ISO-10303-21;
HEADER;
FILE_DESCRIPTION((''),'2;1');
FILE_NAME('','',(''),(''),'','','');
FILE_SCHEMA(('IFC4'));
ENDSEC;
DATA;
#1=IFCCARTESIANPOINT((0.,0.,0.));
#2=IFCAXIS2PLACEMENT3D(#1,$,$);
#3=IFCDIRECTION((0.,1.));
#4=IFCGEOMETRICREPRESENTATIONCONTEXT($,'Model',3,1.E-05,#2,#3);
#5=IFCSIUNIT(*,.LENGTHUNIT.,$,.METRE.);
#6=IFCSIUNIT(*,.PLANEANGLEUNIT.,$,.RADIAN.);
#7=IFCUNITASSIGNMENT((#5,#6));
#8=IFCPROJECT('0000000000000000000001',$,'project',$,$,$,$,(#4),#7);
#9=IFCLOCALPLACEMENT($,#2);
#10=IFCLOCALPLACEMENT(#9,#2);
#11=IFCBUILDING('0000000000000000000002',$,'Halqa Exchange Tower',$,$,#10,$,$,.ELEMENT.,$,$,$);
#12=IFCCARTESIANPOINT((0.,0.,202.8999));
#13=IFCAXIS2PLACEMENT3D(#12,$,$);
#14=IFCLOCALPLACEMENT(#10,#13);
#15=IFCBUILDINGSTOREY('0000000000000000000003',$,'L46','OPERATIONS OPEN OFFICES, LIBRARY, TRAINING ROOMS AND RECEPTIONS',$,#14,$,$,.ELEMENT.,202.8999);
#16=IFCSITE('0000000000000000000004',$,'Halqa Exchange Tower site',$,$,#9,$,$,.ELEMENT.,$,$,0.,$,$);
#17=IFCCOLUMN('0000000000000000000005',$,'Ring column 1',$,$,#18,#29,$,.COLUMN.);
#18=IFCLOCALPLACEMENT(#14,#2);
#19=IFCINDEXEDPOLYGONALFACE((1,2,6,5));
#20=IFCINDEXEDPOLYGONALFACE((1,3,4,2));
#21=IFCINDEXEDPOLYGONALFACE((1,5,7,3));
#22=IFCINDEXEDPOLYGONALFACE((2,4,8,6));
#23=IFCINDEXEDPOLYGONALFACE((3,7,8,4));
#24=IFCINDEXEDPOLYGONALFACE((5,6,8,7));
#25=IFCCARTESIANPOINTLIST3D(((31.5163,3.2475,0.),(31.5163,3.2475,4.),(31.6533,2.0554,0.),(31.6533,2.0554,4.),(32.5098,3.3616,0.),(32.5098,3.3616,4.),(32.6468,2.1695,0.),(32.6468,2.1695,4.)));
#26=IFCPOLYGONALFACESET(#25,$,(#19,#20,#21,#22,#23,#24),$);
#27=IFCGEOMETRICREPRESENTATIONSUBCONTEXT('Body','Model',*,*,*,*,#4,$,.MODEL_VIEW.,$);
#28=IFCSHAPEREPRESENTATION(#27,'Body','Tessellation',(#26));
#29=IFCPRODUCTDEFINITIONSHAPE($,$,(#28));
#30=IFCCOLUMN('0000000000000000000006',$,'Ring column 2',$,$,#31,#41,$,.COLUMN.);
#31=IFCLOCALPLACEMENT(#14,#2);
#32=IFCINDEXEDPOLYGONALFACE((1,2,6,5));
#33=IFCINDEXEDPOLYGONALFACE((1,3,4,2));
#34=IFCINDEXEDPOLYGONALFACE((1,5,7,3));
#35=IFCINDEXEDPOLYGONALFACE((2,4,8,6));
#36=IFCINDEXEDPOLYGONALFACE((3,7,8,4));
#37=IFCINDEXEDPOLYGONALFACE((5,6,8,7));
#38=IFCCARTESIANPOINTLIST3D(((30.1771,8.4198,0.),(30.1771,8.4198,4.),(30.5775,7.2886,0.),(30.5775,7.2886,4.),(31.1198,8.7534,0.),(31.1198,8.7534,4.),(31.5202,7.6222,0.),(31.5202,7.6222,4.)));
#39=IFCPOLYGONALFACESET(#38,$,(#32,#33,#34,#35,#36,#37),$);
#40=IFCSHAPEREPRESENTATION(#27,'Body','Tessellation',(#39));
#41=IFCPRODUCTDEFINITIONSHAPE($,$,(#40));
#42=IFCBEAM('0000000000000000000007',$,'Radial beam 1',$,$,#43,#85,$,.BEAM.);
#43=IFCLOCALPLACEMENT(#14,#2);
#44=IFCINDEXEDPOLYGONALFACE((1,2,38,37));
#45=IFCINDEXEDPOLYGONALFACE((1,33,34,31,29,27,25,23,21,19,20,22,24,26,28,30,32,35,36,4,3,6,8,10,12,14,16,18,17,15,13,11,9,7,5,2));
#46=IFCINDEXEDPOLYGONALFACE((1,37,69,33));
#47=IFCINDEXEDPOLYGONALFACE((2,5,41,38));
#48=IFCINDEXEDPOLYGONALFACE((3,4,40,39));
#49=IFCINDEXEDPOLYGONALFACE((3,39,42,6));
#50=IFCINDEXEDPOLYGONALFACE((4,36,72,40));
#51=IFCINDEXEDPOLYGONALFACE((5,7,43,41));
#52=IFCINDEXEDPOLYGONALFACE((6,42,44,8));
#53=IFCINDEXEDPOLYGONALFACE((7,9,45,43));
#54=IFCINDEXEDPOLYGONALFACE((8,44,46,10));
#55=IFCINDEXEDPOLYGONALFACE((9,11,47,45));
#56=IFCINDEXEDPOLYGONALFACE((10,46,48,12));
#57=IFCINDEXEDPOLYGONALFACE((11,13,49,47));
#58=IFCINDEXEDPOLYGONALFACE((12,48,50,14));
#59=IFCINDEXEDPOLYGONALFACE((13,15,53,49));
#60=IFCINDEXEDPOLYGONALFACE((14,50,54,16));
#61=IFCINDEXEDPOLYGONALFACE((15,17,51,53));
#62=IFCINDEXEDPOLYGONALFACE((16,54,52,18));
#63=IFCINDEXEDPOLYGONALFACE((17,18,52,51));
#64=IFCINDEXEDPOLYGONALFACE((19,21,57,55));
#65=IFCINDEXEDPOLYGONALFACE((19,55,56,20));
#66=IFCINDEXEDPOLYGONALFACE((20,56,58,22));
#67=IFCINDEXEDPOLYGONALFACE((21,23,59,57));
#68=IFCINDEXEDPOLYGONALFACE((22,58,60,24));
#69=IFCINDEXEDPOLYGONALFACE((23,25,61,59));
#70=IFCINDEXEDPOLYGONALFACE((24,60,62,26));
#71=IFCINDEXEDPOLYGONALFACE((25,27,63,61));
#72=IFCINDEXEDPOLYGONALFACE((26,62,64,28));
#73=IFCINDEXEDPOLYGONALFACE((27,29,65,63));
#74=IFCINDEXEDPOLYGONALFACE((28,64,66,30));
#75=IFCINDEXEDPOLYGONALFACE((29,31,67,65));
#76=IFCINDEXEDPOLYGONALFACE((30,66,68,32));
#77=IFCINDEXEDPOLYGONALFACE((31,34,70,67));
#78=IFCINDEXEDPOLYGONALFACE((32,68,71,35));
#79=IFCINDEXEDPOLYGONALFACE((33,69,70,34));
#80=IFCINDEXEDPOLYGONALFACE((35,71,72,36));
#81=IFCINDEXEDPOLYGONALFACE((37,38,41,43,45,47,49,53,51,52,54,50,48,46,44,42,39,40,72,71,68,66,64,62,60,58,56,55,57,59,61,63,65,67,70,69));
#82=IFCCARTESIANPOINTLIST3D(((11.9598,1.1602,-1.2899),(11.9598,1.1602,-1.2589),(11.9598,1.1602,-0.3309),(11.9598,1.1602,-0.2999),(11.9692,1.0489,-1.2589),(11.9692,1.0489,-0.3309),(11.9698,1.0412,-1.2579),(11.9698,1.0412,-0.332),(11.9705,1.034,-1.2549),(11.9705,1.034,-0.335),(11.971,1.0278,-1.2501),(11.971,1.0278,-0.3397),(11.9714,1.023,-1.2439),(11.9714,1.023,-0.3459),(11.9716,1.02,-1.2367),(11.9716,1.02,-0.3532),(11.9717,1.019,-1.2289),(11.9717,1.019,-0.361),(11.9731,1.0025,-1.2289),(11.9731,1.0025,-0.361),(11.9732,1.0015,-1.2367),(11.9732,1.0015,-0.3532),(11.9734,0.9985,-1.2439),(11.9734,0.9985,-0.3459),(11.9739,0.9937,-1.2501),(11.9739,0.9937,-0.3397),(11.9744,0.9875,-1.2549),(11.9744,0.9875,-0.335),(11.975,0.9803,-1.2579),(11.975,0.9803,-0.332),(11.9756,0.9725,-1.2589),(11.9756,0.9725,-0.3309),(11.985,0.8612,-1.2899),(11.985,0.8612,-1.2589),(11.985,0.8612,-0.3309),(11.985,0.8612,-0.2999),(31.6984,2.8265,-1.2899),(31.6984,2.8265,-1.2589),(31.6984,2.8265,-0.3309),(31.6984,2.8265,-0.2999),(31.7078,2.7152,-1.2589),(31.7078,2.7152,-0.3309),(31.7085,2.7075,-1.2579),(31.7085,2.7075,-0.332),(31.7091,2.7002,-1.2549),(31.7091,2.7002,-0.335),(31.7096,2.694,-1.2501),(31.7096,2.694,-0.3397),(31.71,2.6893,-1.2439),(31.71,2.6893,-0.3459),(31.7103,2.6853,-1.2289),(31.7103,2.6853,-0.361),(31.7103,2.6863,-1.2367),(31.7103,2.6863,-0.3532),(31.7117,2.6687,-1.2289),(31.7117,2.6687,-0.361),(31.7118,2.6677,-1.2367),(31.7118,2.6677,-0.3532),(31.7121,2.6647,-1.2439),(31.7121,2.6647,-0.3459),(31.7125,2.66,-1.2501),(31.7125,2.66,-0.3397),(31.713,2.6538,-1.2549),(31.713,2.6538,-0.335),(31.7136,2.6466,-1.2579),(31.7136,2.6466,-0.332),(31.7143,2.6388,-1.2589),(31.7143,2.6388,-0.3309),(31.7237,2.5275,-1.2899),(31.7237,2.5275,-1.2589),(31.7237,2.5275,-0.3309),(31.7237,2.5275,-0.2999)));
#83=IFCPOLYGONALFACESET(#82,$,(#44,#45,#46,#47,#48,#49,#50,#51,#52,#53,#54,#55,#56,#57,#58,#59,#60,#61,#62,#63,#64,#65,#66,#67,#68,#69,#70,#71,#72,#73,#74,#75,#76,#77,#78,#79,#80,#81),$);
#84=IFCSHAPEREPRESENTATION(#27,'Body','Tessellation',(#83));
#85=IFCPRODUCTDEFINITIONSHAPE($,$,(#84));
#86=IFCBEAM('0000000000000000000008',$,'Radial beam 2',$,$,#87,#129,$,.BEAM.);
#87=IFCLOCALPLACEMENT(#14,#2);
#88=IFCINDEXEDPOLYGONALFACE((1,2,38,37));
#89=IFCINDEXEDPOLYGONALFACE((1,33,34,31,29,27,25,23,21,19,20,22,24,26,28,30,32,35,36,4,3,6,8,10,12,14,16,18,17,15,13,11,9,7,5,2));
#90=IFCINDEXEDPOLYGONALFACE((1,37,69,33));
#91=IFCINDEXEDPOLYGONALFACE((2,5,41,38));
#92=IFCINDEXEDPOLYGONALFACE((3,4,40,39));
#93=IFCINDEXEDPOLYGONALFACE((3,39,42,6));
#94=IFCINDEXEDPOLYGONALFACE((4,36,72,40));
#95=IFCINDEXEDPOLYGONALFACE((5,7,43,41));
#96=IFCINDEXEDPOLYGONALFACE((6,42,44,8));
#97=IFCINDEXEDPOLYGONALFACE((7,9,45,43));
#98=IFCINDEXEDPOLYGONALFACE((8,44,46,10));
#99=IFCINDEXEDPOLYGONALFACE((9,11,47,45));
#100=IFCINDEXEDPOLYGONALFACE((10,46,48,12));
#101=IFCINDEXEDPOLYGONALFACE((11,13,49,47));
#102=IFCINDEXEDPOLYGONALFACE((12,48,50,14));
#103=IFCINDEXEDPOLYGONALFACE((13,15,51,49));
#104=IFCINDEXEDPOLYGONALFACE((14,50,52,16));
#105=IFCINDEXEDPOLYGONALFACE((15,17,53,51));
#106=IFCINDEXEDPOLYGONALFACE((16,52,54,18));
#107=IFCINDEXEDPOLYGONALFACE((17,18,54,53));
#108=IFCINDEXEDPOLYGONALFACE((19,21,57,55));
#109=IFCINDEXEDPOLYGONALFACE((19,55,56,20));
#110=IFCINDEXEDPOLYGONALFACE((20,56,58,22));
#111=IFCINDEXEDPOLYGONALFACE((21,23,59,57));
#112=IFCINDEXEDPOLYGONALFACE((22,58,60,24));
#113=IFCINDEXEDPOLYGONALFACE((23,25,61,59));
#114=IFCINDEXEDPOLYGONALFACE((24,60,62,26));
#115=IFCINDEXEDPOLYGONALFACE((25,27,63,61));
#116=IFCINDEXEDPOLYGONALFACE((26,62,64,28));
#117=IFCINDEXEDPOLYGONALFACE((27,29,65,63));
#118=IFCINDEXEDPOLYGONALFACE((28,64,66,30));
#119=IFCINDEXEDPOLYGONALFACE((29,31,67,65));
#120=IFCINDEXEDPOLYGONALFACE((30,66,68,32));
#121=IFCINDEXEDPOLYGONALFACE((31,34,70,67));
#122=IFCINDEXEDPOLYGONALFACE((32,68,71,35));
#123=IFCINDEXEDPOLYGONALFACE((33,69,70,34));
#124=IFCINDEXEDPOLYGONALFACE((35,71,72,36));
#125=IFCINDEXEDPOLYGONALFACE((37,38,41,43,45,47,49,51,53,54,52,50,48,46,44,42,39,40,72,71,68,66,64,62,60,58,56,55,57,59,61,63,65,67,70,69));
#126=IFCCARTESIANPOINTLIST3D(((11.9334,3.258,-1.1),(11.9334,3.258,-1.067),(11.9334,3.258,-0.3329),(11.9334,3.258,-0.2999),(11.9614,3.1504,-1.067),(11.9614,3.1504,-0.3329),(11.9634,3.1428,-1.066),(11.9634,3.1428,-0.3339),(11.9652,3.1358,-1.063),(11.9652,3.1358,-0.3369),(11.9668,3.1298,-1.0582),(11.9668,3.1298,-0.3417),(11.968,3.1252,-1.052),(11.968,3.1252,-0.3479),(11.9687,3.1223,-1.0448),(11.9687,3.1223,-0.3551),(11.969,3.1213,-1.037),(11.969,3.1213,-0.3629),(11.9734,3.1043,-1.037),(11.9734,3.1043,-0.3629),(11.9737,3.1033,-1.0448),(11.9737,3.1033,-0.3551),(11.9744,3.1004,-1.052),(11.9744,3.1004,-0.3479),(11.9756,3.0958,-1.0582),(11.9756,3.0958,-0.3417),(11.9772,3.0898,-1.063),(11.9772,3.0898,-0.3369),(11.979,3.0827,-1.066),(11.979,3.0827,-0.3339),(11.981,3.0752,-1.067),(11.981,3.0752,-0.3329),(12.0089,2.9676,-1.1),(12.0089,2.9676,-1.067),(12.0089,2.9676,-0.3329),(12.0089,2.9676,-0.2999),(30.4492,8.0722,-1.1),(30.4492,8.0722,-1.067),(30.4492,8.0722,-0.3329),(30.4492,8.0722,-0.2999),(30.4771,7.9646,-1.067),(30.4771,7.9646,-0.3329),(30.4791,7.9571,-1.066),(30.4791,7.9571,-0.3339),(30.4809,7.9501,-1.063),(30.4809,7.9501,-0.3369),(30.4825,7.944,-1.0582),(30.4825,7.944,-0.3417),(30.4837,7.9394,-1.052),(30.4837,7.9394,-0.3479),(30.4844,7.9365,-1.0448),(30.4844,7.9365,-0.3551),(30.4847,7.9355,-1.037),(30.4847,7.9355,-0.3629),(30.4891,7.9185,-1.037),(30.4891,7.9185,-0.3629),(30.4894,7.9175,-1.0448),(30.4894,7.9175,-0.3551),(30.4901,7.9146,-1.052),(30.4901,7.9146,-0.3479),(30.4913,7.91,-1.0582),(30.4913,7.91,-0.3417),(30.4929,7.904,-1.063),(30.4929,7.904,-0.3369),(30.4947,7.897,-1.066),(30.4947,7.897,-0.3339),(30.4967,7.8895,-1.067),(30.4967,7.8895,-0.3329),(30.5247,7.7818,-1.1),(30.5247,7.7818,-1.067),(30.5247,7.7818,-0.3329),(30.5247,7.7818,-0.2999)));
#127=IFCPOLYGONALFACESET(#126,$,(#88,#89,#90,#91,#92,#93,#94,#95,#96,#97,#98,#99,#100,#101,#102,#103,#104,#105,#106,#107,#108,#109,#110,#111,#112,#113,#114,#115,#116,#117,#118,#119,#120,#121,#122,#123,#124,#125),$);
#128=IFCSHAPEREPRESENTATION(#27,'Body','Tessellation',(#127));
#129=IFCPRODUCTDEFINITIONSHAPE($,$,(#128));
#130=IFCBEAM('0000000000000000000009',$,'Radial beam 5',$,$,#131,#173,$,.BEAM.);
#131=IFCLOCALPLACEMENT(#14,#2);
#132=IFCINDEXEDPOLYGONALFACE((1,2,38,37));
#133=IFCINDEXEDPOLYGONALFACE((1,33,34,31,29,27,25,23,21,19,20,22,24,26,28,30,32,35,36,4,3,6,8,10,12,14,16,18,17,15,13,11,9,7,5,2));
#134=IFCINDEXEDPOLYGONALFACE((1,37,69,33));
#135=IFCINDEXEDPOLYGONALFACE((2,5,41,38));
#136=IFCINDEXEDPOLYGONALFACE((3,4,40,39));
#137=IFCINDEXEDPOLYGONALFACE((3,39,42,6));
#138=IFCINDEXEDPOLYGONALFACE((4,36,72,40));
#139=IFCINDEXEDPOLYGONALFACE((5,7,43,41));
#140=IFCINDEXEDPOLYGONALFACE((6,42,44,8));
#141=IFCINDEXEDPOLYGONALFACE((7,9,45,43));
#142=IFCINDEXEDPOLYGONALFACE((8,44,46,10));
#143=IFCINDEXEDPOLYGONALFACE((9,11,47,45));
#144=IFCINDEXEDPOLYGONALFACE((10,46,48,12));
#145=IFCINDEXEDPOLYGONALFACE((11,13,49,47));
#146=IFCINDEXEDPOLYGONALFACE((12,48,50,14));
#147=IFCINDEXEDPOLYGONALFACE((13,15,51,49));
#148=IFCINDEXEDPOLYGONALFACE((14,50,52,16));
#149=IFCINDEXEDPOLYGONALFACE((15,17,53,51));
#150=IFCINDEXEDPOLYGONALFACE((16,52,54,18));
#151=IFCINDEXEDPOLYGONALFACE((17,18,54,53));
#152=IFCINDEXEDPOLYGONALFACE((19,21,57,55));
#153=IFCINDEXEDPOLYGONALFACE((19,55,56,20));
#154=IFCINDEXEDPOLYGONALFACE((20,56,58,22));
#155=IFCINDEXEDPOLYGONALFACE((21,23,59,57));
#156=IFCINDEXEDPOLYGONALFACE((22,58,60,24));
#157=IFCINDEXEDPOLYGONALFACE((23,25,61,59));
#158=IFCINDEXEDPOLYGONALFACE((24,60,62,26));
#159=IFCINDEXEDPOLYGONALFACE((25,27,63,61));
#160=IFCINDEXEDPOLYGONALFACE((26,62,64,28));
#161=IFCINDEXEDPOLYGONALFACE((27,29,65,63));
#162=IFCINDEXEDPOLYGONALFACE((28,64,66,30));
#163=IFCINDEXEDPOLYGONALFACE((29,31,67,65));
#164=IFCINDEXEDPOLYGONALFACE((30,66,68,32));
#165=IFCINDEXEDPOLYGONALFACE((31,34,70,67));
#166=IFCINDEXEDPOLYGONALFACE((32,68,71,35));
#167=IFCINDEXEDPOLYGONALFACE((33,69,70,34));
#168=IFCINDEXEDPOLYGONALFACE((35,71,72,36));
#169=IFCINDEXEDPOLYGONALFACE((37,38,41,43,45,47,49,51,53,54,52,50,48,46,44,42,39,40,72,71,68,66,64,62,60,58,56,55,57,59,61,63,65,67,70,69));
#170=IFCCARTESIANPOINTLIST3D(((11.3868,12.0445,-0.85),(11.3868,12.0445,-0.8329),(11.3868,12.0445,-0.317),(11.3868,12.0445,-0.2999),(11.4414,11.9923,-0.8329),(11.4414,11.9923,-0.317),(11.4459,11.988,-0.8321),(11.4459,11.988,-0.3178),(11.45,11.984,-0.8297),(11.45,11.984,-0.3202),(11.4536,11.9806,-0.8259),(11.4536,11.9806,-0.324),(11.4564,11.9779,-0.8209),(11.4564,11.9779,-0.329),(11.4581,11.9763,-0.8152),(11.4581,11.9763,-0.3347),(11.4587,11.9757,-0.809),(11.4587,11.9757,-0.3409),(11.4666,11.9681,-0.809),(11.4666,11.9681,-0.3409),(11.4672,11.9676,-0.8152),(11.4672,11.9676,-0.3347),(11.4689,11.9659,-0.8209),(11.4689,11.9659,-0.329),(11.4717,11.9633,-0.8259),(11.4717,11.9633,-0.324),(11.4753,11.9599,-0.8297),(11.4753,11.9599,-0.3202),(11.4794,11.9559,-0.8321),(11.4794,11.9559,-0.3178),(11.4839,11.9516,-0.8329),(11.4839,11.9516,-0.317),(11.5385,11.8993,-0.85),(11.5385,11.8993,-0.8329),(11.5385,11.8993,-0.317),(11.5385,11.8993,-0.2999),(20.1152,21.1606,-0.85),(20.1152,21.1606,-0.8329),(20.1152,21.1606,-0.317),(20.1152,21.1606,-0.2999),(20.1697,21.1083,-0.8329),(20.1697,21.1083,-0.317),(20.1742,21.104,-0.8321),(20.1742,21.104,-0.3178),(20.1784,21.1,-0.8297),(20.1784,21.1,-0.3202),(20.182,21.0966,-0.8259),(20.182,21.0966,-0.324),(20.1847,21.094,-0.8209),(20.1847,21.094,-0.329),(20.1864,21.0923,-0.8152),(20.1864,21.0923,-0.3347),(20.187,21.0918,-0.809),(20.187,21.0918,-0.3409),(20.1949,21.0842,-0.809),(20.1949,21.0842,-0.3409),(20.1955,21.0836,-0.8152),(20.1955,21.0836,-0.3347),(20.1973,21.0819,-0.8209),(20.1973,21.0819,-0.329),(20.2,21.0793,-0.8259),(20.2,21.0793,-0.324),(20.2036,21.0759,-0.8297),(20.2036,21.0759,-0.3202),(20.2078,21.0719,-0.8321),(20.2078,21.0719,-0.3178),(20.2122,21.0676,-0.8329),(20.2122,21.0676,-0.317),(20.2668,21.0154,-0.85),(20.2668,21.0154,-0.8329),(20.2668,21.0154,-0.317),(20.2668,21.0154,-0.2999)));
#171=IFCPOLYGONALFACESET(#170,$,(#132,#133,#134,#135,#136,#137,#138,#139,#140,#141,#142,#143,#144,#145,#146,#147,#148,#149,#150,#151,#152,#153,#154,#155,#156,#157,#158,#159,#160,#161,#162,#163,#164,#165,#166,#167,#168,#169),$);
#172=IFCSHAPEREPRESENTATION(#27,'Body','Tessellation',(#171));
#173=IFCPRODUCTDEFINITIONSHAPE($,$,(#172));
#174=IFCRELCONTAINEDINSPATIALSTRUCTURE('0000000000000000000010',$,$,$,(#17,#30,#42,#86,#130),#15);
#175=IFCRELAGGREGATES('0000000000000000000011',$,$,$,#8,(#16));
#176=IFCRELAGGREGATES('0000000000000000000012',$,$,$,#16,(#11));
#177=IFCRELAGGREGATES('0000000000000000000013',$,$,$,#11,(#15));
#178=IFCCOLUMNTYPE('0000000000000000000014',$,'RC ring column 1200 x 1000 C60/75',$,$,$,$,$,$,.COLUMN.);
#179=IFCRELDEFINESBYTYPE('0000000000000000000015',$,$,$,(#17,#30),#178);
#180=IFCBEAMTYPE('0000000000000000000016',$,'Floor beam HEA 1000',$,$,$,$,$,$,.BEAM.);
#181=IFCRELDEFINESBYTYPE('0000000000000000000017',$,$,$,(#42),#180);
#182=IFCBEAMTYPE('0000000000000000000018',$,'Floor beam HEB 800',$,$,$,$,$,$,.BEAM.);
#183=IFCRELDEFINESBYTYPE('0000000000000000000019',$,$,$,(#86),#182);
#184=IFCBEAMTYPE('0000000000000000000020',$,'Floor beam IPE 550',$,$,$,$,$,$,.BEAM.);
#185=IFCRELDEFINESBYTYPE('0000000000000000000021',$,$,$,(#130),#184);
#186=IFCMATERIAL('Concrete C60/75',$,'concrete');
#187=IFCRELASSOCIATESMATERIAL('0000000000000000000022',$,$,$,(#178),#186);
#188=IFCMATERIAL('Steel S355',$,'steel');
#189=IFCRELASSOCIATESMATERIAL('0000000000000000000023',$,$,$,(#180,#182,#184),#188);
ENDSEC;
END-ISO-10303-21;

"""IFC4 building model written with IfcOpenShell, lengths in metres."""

from ifc_helpers import new_model, si_unit, direction, frame, origin, origin_2d, place, context, subcontext, project, spatial, rectangle, i_section, extrude, material, material_profile, profile_set, type_object, element, save


model = new_model("IFC4")

# Units and contexts
model_context = context("Model", 3, precision=1e-05, world=origin(), true_north=direction((0.0, 1.0)))
body_context = subcontext(model_context, "Body", "Model", "MODEL_VIEW")
ifc_project = project(units=[si_unit("LENGTHUNIT", "METRE"), si_unit("PLANEANGLEUNIT", "RADIAN")], contexts=[model_context])

# Site, building, storey
site_placement = place(None, origin())
site = spatial("IfcSite", under=ifc_project, at=site_placement, Name="Halqa Exchange Tower site", CompositionType="ELEMENT", RefElevation=0.0)
building_placement = place(site_placement, origin())
building = spatial("IfcBuilding", under=site, at=building_placement, Name="Halqa Exchange Tower", CompositionType="ELEMENT")
storey_placement = place(building_placement, frame((0.0, 0.0, 202.8999)))
storey = spatial("IfcBuildingStorey", under=building, at=storey_placement, Name="L46", Description="OPERATIONS OPEN OFFICES, LIBRARY, TRAINING ROOMS AND RECEPTIONS", CompositionType="ELEMENT", Elevation=202.8999)

# Columns
ifc_material_1 = material(Name="Concrete C60/75", Category="concrete")
ifc_material_profile_1 = material_profile(ifc_material_1, rectangle(XDim=1.2, YDim=1.0, at=origin_2d()), Name="1200 x 1000")
ifc_profile_set_1 = profile_set([ifc_material_profile_1], Name="Concrete C60/75")
column_type = type_object("IfcColumnType", Name="RC ring column 1200 x 1000 C60/75", PredefinedType="COLUMN", material=ifc_profile_set_1)
for number, where, z_axis, x_axis, name in (
    (1, (32.0815, 2.7085, 0.0), (0.0, 0.0, 1.0), (-0.114157, 0.993463, 0.0), "Ring column 1"),
    (2, (30.8486, 8.021, 0.0), (0.0, 0.0, 1.0), (-0.333632, 0.942703, 0.0), "Ring column 2"),
):
    element("IfcColumn", number, at=place(storey_placement, frame(where, z_axis=z_axis, x_axis=x_axis)), inside=storey, type_object=column_type, Name=name, PredefinedType="COLUMN", context=body_context, shape_type="SweptSolid", body=[
        extrude(rectangle(XDim=1.2, YDim=1.0, at=origin_2d()), origin(), (0.0, 0.0, 1.0), 4.0),
    ])

# Beams
ifc_material_2 = material(Name="Steel S355", Category="steel")
ifc_material_profile_2 = material_profile(ifc_material_2, i_section(OverallWidth=0.3, OverallDepth=0.99, WebThickness=0.0166, FlangeThickness=0.031, FilletRadius=0.03, at=origin_2d()), Name="HEA 1000")
ifc_profile_set_2 = profile_set([ifc_material_profile_2], Name="Steel S355")
beam_type_1 = type_object("IfcBeamType", Name="Floor beam HEA 1000", PredefinedType="BEAM", material=ifc_profile_set_2)
beam_1_placement = place(storey_placement, frame((11.9724, 1.0107, -0.7949), z_axis=(0.996456, 0.084117, 0.0), x_axis=(-0.084117, 0.996456, 0.0)))
element("IfcBeam", 3, at=beam_1_placement, inside=storey, type_object=beam_type_1, Name="Radial beam 1", PredefinedType="BEAM", context=body_context, shape_type="SweptSolid", body=[
    extrude(i_section(OverallWidth=0.3, OverallDepth=0.99, WebThickness=0.0166, FlangeThickness=0.031, FilletRadius=0.03, at=origin_2d()), origin(), (0.0, 0.0, 1.0), 19.8088),
])
ifc_material_profile_3 = material_profile(ifc_material_2, i_section(OverallWidth=0.3, OverallDepth=0.8, WebThickness=0.0176, FlangeThickness=0.033, FilletRadius=0.03, at=origin_2d()), Name="HEB 800")
ifc_profile_set_3 = profile_set([ifc_material_profile_3], Name="Steel S355")
beam_type_2 = type_object("IfcBeamType", Name="Floor beam HEB 800", PredefinedType="BEAM", material=ifc_profile_set_3)
beam_2_placement = place(storey_placement, frame((11.9712, 3.1128, -0.7), z_axis=(0.967821, 0.251641, 0.0), x_axis=(-0.251641, 0.967821, 0.0)))
element("IfcBeam", 4, at=beam_2_placement, inside=storey, type_object=beam_type_2, Name="Radial beam 2", PredefinedType="BEAM", context=body_context, shape_type="SweptSolid", body=[
    extrude(i_section(OverallWidth=0.3, OverallDepth=0.8, WebThickness=0.0176, FlangeThickness=0.033, FilletRadius=0.03, at=origin_2d()), origin(), (0.0, 0.0, 1.0), 19.1313),
])
ifc_material_profile_4 = material_profile(ifc_material_2, i_section(OverallWidth=0.21, OverallDepth=0.55, WebThickness=0.011, FlangeThickness=0.0171, FilletRadius=0.0239, at=origin_2d()), Name="IPE 550")
ifc_profile_set_4 = profile_set([ifc_material_profile_4], Name="Steel S355")
beam_type_3 = type_object("IfcBeamType", Name="Floor beam IPE 550", PredefinedType="BEAM", material=ifc_profile_set_4)
beam_3_placement = place(storey_placement, frame((11.4626, 11.9719, -0.575), z_axis=(0.691581, 0.722299, 0.0), x_axis=(-0.722299, 0.691581, 0.0)))
element("IfcBeam", 5, at=beam_3_placement, inside=storey, type_object=beam_type_3, Name="Radial beam 5", PredefinedType="BEAM", context=body_context, shape_type="SweptSolid", body=[
    extrude(i_section(OverallWidth=0.21, OverallDepth=0.55, WebThickness=0.011, FlangeThickness=0.0171, FilletRadius=0.0239, at=origin_2d()), origin(), (0.0, 0.0, 1.0), 12.6208),
])

save(model, "model.ifc")
